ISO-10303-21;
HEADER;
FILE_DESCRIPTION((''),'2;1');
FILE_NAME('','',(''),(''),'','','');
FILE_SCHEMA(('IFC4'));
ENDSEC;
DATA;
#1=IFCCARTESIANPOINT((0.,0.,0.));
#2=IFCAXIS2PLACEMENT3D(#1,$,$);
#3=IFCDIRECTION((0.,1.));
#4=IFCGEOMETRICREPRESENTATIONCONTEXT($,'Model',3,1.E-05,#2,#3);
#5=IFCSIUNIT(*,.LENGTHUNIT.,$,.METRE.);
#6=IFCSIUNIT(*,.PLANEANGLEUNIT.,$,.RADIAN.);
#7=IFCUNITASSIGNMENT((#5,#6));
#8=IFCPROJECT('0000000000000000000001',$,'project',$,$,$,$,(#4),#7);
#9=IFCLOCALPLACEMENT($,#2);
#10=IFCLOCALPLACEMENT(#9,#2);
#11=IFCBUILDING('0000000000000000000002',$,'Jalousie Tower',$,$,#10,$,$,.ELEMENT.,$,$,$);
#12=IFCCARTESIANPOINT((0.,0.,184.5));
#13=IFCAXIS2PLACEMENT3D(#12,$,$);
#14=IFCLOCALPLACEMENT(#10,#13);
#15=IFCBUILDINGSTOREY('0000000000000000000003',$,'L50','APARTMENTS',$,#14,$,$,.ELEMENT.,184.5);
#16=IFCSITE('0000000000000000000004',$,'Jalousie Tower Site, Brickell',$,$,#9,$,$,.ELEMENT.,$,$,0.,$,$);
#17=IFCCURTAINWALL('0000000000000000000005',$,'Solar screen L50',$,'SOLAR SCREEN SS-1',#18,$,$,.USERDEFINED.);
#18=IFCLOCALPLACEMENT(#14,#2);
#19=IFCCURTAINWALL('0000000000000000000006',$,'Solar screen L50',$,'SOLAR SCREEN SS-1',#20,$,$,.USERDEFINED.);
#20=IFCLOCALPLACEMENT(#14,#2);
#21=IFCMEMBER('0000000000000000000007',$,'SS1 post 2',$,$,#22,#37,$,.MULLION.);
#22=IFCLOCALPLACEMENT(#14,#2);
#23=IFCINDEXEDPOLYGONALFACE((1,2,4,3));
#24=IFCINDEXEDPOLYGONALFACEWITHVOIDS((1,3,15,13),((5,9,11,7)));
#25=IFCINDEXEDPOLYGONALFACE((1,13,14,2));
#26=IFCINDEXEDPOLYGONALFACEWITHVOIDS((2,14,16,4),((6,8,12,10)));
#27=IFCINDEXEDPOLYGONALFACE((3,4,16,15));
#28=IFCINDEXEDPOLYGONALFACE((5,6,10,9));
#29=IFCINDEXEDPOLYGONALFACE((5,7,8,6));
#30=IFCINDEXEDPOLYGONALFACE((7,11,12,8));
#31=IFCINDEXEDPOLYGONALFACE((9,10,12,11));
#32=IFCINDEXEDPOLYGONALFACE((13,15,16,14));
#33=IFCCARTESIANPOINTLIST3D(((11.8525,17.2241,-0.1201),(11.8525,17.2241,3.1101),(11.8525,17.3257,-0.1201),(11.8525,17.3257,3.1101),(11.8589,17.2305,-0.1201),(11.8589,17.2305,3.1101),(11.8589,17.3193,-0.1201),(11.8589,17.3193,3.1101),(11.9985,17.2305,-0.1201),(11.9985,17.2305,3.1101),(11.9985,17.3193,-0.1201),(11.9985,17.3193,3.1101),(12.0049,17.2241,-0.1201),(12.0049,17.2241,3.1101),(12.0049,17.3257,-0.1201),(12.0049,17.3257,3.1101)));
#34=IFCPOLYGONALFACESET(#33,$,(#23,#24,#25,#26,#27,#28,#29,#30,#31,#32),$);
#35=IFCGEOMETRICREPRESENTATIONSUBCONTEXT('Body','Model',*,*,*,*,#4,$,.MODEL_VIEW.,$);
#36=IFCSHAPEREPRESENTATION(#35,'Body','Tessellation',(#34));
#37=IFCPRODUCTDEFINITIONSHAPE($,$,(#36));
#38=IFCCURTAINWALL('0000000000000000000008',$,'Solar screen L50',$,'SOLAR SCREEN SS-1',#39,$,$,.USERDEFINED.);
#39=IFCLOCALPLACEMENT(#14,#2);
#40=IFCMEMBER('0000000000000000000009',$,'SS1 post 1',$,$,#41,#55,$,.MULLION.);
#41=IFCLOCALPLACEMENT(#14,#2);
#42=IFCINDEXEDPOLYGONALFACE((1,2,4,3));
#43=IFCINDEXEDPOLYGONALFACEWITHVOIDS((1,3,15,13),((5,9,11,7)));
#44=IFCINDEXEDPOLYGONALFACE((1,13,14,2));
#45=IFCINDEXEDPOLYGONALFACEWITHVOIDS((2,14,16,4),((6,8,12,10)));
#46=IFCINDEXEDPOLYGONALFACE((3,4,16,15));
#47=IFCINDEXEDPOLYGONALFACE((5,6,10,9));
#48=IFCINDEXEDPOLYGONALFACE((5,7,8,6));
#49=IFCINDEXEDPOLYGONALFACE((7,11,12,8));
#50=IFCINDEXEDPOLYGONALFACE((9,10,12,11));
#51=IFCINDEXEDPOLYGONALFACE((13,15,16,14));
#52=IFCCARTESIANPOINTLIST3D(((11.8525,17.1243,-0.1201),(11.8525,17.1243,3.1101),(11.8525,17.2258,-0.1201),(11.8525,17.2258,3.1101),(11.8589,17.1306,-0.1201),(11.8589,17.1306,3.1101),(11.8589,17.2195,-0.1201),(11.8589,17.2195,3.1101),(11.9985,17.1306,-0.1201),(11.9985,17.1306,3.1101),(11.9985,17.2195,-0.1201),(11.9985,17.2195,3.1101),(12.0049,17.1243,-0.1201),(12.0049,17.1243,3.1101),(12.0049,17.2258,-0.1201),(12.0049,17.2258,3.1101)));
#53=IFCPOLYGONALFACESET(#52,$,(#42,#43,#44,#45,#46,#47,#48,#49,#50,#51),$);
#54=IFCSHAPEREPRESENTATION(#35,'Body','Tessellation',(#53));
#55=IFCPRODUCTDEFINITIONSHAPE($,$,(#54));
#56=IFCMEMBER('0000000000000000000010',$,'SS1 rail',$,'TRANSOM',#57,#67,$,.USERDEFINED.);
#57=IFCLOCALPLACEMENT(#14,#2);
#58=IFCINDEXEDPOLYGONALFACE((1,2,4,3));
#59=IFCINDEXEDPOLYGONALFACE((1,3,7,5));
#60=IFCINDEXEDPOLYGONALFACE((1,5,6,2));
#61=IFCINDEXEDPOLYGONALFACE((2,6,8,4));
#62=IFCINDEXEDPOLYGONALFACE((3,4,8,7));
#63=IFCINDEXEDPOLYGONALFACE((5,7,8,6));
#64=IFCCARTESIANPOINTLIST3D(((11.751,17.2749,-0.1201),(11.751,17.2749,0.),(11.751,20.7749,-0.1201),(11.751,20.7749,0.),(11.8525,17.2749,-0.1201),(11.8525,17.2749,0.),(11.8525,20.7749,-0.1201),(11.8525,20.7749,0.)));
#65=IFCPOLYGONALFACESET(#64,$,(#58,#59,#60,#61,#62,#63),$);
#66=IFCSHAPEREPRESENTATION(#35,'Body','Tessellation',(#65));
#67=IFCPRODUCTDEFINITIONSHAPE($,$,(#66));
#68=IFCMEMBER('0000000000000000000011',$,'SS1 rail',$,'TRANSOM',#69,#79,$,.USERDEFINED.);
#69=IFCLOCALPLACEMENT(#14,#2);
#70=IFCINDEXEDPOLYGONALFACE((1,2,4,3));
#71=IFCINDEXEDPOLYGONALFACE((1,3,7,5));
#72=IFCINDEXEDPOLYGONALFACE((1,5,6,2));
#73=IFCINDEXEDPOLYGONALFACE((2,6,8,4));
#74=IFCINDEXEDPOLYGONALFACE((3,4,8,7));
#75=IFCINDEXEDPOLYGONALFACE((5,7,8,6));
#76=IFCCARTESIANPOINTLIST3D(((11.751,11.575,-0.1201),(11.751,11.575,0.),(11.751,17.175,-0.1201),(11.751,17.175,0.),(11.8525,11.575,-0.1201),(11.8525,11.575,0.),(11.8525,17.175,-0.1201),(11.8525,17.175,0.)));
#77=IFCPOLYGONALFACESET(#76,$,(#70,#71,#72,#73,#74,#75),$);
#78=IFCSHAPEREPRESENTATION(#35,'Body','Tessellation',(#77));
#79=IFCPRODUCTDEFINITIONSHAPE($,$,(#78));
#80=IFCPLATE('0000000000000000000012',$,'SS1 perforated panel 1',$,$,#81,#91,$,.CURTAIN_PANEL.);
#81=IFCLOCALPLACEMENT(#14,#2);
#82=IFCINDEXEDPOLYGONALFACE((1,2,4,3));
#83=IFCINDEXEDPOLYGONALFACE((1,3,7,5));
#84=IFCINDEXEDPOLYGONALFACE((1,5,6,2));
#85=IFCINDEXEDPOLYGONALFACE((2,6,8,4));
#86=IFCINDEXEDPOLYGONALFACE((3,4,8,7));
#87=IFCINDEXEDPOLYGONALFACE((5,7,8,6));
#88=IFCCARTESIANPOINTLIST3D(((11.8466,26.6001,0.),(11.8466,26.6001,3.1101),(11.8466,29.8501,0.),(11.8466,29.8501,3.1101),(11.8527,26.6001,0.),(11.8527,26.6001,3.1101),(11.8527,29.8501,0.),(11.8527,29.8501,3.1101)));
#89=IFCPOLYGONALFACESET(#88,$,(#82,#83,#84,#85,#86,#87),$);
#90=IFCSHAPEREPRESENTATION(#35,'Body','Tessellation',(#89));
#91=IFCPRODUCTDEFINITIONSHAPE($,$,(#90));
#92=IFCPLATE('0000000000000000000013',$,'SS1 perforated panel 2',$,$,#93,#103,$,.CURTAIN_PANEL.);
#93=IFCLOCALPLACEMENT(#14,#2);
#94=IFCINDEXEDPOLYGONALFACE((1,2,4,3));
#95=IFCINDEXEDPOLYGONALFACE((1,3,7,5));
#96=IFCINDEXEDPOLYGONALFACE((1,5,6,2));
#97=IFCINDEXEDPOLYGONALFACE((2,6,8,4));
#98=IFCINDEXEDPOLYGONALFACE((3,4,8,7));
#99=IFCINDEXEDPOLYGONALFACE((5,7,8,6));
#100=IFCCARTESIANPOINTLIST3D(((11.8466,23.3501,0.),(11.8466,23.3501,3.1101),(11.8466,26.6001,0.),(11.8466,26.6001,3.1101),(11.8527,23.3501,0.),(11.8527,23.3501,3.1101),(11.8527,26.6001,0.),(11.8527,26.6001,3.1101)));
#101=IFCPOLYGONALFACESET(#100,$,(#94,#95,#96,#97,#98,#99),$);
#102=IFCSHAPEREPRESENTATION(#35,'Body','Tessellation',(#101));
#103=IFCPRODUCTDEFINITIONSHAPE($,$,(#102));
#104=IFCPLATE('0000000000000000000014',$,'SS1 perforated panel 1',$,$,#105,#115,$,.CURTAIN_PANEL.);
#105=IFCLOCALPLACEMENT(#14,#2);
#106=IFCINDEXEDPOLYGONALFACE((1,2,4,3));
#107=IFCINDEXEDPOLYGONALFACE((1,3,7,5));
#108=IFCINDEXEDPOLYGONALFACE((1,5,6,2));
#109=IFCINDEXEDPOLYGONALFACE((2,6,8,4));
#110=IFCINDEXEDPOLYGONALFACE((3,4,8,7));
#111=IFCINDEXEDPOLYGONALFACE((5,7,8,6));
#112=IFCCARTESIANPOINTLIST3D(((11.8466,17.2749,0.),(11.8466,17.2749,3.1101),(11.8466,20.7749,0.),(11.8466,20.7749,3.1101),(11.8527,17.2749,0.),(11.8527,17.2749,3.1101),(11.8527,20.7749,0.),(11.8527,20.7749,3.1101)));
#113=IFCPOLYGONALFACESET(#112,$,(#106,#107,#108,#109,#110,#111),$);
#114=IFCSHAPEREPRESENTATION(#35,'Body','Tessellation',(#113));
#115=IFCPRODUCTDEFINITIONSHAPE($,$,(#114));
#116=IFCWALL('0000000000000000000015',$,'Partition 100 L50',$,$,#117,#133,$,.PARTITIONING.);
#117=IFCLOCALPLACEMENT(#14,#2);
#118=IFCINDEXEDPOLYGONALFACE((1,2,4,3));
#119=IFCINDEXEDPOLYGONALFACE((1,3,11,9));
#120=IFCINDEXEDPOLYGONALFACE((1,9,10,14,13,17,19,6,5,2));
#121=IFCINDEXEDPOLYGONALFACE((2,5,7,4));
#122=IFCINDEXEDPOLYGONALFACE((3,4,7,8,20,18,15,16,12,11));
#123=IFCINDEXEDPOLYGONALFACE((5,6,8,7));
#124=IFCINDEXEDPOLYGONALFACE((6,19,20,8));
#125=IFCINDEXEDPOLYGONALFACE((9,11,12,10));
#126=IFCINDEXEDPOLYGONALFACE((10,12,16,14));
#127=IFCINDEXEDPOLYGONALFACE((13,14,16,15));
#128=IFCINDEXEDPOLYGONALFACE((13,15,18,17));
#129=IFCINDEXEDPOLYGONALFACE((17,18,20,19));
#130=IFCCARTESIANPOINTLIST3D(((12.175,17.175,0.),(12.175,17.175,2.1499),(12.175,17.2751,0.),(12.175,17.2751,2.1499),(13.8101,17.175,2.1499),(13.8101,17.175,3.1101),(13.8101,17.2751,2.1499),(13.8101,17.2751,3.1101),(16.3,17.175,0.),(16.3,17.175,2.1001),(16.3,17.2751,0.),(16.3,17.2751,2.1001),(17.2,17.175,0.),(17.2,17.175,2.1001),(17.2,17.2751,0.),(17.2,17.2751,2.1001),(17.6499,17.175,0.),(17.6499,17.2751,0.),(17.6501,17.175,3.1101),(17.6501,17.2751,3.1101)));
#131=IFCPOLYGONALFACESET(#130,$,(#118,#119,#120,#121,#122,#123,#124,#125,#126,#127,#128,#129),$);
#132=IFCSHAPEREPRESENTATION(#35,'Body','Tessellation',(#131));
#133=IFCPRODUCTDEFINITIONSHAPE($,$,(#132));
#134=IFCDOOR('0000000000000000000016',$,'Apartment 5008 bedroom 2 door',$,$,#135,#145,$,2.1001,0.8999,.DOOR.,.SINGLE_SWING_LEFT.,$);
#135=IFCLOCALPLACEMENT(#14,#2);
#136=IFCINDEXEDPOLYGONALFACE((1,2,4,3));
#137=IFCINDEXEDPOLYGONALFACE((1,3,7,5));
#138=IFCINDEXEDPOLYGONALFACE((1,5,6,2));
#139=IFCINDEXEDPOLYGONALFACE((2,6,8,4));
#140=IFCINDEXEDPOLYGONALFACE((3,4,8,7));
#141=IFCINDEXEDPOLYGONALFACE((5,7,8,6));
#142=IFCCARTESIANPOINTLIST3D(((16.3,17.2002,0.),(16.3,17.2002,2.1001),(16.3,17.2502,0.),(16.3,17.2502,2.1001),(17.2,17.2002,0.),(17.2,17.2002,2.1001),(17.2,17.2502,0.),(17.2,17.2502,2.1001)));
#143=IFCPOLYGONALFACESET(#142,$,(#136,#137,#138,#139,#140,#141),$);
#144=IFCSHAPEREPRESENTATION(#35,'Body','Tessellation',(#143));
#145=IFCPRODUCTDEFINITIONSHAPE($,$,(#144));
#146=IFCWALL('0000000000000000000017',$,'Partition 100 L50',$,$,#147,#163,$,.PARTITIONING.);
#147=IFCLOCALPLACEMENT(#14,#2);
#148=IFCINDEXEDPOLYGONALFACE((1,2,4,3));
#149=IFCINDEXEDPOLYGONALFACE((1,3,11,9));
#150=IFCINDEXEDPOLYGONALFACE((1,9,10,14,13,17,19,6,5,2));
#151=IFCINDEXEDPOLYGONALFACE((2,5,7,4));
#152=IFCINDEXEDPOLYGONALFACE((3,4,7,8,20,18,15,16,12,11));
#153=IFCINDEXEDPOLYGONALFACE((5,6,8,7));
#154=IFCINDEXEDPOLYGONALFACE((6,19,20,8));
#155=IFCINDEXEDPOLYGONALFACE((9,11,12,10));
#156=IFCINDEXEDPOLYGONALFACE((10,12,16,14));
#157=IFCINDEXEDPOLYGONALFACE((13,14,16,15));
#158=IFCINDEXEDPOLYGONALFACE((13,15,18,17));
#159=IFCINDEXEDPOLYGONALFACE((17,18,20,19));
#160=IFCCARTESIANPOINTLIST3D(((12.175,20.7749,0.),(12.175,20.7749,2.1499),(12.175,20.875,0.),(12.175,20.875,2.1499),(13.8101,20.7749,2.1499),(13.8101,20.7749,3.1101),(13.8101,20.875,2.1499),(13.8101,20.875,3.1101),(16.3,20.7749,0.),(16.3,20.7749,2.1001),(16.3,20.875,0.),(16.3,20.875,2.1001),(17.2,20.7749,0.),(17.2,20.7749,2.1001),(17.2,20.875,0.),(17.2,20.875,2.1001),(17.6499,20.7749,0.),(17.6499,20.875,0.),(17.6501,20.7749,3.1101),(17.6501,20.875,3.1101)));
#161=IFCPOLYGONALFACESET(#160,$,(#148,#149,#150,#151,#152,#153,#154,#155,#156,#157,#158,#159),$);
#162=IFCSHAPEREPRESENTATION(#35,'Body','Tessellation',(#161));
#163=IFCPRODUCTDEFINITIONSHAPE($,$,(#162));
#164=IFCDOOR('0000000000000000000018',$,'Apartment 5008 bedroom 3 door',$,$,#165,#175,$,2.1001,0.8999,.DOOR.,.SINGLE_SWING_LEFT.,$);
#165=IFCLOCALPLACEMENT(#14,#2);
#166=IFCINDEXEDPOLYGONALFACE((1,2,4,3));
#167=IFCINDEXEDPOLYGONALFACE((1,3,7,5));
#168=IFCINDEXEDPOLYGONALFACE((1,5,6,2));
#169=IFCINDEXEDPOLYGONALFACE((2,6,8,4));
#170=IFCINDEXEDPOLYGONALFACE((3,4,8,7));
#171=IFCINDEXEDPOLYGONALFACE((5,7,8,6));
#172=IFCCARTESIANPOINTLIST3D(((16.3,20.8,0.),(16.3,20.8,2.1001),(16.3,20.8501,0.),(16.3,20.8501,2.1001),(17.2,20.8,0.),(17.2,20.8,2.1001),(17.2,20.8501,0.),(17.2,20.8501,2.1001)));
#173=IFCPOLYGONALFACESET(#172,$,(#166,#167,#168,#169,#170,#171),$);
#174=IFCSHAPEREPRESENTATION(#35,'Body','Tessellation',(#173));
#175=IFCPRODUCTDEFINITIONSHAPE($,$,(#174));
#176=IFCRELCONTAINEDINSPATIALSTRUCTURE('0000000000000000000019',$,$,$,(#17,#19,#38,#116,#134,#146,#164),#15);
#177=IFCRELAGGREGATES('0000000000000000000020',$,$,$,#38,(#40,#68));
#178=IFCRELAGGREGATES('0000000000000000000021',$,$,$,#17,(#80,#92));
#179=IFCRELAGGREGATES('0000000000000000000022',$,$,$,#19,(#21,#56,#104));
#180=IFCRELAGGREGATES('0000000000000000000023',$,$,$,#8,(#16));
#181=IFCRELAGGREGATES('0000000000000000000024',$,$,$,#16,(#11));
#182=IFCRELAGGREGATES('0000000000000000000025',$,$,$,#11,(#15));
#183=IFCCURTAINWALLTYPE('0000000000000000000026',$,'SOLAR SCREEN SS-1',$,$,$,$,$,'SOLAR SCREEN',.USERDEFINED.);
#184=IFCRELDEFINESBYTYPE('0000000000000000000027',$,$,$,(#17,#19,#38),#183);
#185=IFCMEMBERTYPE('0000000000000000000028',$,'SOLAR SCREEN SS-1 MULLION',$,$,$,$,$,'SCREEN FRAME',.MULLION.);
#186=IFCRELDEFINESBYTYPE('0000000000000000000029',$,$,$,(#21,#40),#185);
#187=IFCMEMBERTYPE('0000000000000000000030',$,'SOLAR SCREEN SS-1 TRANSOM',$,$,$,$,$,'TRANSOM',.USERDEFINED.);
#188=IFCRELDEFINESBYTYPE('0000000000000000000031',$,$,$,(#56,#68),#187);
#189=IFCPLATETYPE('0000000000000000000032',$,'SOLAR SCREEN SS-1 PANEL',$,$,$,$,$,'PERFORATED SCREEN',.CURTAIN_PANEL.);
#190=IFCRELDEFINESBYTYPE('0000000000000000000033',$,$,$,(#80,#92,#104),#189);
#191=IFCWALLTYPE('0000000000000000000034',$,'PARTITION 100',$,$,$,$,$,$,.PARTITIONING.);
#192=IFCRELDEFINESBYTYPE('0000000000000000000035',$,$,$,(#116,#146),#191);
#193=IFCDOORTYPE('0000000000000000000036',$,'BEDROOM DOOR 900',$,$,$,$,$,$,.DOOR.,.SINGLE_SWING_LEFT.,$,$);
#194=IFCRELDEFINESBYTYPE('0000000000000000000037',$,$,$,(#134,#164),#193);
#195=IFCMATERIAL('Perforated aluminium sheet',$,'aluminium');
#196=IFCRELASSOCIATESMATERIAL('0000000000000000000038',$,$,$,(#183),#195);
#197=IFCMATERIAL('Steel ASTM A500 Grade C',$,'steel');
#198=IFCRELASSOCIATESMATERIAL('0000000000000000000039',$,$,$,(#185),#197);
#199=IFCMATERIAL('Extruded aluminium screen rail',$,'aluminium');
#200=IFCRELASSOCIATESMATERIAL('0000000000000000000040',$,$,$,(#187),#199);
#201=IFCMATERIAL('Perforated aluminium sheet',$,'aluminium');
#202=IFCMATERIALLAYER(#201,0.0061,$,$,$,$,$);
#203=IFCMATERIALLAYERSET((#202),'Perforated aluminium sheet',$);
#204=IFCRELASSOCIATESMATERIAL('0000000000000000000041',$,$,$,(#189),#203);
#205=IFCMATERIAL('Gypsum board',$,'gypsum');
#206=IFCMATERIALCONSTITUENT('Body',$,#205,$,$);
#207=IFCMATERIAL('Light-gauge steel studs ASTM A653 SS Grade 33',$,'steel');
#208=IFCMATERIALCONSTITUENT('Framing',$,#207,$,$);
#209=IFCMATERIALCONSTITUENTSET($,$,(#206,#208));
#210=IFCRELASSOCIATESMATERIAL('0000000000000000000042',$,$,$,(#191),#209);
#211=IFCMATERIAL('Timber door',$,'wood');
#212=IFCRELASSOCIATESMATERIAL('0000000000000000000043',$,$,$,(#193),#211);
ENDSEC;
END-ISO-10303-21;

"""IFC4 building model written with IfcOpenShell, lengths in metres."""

from ifc_helpers import new_model, si_unit, direction, frame, frame_2d, origin, origin_2d, place, context, subcontext, project, spatial, polyline, rectangle, hollow_rectangle, outline, extrude, material, layer, layer_set, constituent, constituent_set, material_profile, profile_set, type_object, element, fill, aggregate, save


model = new_model("IFC4")

# Units and contexts
model_context = context("Model", 3, precision=1e-05, world=origin(), true_north=direction((0.0, 1.0)))
body_context = subcontext(model_context, "Body", "Model", "MODEL_VIEW")
ifc_project = project(units=[si_unit("LENGTHUNIT", "METRE"), si_unit("PLANEANGLEUNIT", "RADIAN")], contexts=[model_context])

# Site, building, storey
site_placement = place(None, origin())
site = spatial("IfcSite", under=ifc_project, at=site_placement, Name="Jalousie Tower Site, Brickell", CompositionType="ELEMENT", RefElevation=0.0)
building_placement = place(site_placement, origin())
building = spatial("IfcBuilding", under=site, at=building_placement, Name="Jalousie Tower", CompositionType="ELEMENT")
storey_placement = place(building_placement, frame((0.0, 0.0, 184.5)))
storey = spatial("IfcBuildingStorey", under=building, at=storey_placement, Name="L50", Description="APARTMENTS", CompositionType="ELEMENT", Elevation=184.5)

# Curtain walls, member
ifc_material_1 = material(Name="Perforated aluminium sheet", Category="aluminium")
curtain_wall_type = type_object("IfcCurtainWallType", Name="SOLAR SCREEN SS-1", ElementType="SOLAR SCREEN", PredefinedType="USERDEFINED", material=ifc_material_1)
curtain_wall_1_placement = place(storey_placement, origin())
curtain_wall_1 = element("IfcCurtainWall", 1, at=curtain_wall_1_placement, inside=storey, type_object=curtain_wall_type, Name="Solar screen L50", ObjectType="SOLAR SCREEN SS-1", PredefinedType="USERDEFINED")
ifc_material_2 = material(Name="Steel ASTM A500 Grade C", Category="steel")
ifc_material_profile_1 = material_profile(ifc_material_2, hollow_rectangle(XDim=0.1016, YDim=0.1523, WallThickness=0.0063, at=origin_2d()), Name="HSS6X4X1/4")
ifc_profile_set_1 = profile_set([ifc_material_profile_1], Name="Steel ASTM A500 Grade C")
member_type_1 = type_object("IfcMemberType", Name="SOLAR SCREEN SS-1 MULLION", ElementType="SCREEN FRAME", PredefinedType="MULLION", material=ifc_profile_set_1)
curtain_wall_2_placement = place(storey_placement, origin())
curtain_wall_2 = element("IfcCurtainWall", 2, at=curtain_wall_2_placement, inside=storey, type_object=curtain_wall_type, Name="Solar screen L50", ObjectType="SOLAR SCREEN SS-1", PredefinedType="USERDEFINED")
member_1_placement = place(storey_placement, frame((11.9287, 17.2749, -0.1201), z_axis=(0.0, 0.0, 1.0), x_axis=(0.0, -1.0, 0.0)))
member_1 = element("IfcMember", 3, at=member_1_placement, type_object=member_type_1, Name="SS1 post 2", PredefinedType="MULLION", context=body_context, shape_type="SweptSolid", body=[
    extrude(hollow_rectangle(XDim=0.1016, YDim=0.1523, WallThickness=0.0063, at=origin_2d()), origin(), (0.0, 0.0, 1.0), 3.2302),
])

# Curtain wall, member
curtain_wall_3_placement = place(storey_placement, origin())
curtain_wall_3 = element("IfcCurtainWall", 4, at=curtain_wall_3_placement, inside=storey, type_object=curtain_wall_type, Name="Solar screen L50", ObjectType="SOLAR SCREEN SS-1", PredefinedType="USERDEFINED")
member_2_placement = place(storey_placement, frame((11.9287, 17.175, -0.1201), z_axis=(0.0, 0.0, 1.0), x_axis=(0.0, -1.0, 0.0)))
member_2 = element("IfcMember", 5, at=member_2_placement, type_object=member_type_1, Name="SS1 post 1", PredefinedType="MULLION", context=body_context, shape_type="SweptSolid", body=[
    extrude(hollow_rectangle(XDim=0.1016, YDim=0.1523, WallThickness=0.0063, at=origin_2d()), origin(), (0.0, 0.0, 1.0), 3.2302),
])

# Members
ifc_material_3 = material(Name="Extruded aluminium screen rail", Category="aluminium")
ifc_material_profile_2 = material_profile(ifc_material_3, rectangle(XDim=0.1016, YDim=0.1201, at=origin_2d()), Name="RAIL 102x120")
ifc_profile_set_2 = profile_set([ifc_material_profile_2], Name="Extruded aluminium screen rail")
member_type_2 = type_object("IfcMemberType", Name="SOLAR SCREEN SS-1 TRANSOM", ElementType="TRANSOM", PredefinedType="USERDEFINED", material=ifc_profile_set_2)
member_3_placement = place(storey_placement, frame((11.8018, 20.7749, -0.0601), z_axis=(0.0, -1.0, 0.0), x_axis=(1.0, 0.0, 0.0)))
member_3 = element("IfcMember", 6, at=member_3_placement, type_object=member_type_2, Name="SS1 rail", ObjectType="TRANSOM", PredefinedType="USERDEFINED", context=body_context, shape_type="SweptSolid", body=[
    extrude(rectangle(XDim=0.1016, YDim=0.1201, at=origin_2d()), origin(), (0.0, 0.0, 1.0), 3.5),
])
member_4_placement = place(storey_placement, frame((11.8018, 17.175, -0.0601), z_axis=(0.0, -1.0, 0.0), x_axis=(1.0, 0.0, 0.0)))
member_4 = element("IfcMember", 7, at=member_4_placement, type_object=member_type_2, Name="SS1 rail", ObjectType="TRANSOM", PredefinedType="USERDEFINED", context=body_context, shape_type="SweptSolid", body=[
    extrude(rectangle(XDim=0.1016, YDim=0.1201, at=origin_2d()), origin(), (0.0, 0.0, 1.0), 5.6001),
])
aggregate(curtain_wall_3, [member_2, member_4])

# Plates
ifc_material_4 = material(Name="Perforated aluminium sheet", Category="aluminium")
ifc_layer = layer(ifc_material_4, 0.0061)
ifc_layer_set = layer_set([ifc_layer], Name="Perforated aluminium sheet")
plate_type = type_object("IfcPlateType", Name="SOLAR SCREEN SS-1 PANEL", ElementType="PERFORATED SCREEN", PredefinedType="CURTAIN_PANEL", material=ifc_layer_set)
plate_1_placement = place(storey_placement, frame((11.8496, 28.2251, 0.0), z_axis=(0.0, 0.0, 1.0), x_axis=(0.0, -1.0, 0.0)))
plate_1 = element("IfcPlate", 8, at=plate_1_placement, type_object=plate_type, Name="SS1 perforated panel 1", PredefinedType="CURTAIN_PANEL", context=body_context, shape_type="SweptSolid", body=[
    extrude(rectangle(XDim=3.25, YDim=0.0061, at=origin_2d()), origin(), (0.0, 0.0, 1.0), 3.1101),
])
plate_2_placement = place(storey_placement, frame((11.8496, 24.9751, 0.0), z_axis=(0.0, 0.0, 1.0), x_axis=(0.0, -1.0, 0.0)))
plate_2 = element("IfcPlate", 9, at=plate_2_placement, type_object=plate_type, Name="SS1 perforated panel 2", PredefinedType="CURTAIN_PANEL", context=body_context, shape_type="SweptSolid", body=[
    extrude(rectangle(XDim=3.25, YDim=0.0061, at=origin_2d()), origin(), (0.0, 0.0, 1.0), 3.1101),
])
aggregate(curtain_wall_1, [plate_1, plate_2])
plate_3_placement = place(storey_placement, frame((11.8496, 19.0249, 0.0), z_axis=(0.0, 0.0, 1.0), x_axis=(0.0, -1.0, 0.0)))
plate_3 = element("IfcPlate", 10, at=plate_3_placement, type_object=plate_type, Name="SS1 perforated panel 1", PredefinedType="CURTAIN_PANEL", context=body_context, shape_type="SweptSolid", body=[
    extrude(rectangle(XDim=3.5, YDim=0.0061, at=origin_2d()), origin(), (0.0, 0.0, 1.0), 3.1101),
])
aggregate(curtain_wall_2, [member_1, member_3, plate_3])

# Walls, openings, doors
ifc_material_5 = material(Name="Gypsum board", Category="gypsum")
ifc_constituent_1 = constituent(ifc_material_5, Name="Body")
ifc_material_6 = material(Name="Light-gauge steel studs ASTM A653 SS Grade 33", Category="steel")
ifc_constituent_2 = constituent(ifc_material_6, Name="Framing")
ifc_constituent_set = constituent_set(constituents=[ifc_constituent_1, ifc_constituent_2])
wall_type = type_object("IfcWallType", Name="PARTITION 100", PredefinedType="PARTITIONING", material=ifc_constituent_set)
wall_1_placement = place(storey_placement, frame((12.175, 17.2251, 0.0), z_axis=(0.0, 0.0, 1.0), x_axis=(1.0, 0.0, 0.0)))
wall_1 = element("IfcWall", 11, at=wall_1_placement, inside=storey, type_object=wall_type, Name="Partition 100 L50", PredefinedType="PARTITIONING", context=body_context, shape_type="SweptSolid", body=[
    extrude(outline(polyline([(0.0, 0.0), (5.4749, 0.0), (5.4751, 3.1101), (1.635, 3.1101), (1.635, 2.1499), (0.0, 2.1499), (0.0, 3.1101), (0.0, 0.0)])), frame((0.0, 0.05, 0.0), z_axis=(0.0, -1.0, 0.0), x_axis=(1.0, 0.0, 0.0)), (0.0, 0.0, 1.0), 0.1001),
])
opening_1_placement = place(wall_1_placement, frame((4.125, 0.0, 0.0)))
opening_1 = element("IfcOpeningElement", 12, at=opening_1_placement, cuts=wall_1, PredefinedType="OPENING", context=body_context, shape_type="SweptSolid", body=[
    extrude(rectangle(XDim=0.8999, YDim=2.1001, at=frame_2d((0.45, 1.05))), frame((0.0, 0.0601, 0.0), z_axis=(0.0, -1.0, 0.0), x_axis=(1.0, 0.0, 0.0)), (0.0, 0.0, 1.0), 0.1201),
])
ifc_material_7 = material(Name="Timber door", Category="wood")
door_type_1 = type_object("IfcDoorType", Name="BEDROOM DOOR 900", OperationType="SINGLE_SWING_LEFT", PredefinedType="DOOR", material=ifc_material_7)
door_1_placement = place(opening_1_placement, frame((0.8999, 0.0, 0.0), z_axis=(0.0, 0.0, 1.0), x_axis=(-1.0, 0.0, 0.0)))
door_1 = element("IfcDoor", 13, at=door_1_placement, inside=storey, type_object=door_type_1, Name="Apartment 5008 bedroom 2 door", OperationType="SINGLE_SWING_LEFT", OverallHeight=2.1001, OverallWidth=0.8999, PredefinedType="DOOR", context=body_context, shape_type="SweptSolid", body=[
    extrude(rectangle(XDim=0.8999, YDim=2.1001, at=frame_2d((0.45, 1.05))), frame((0.0, 0.0249, 0.0), z_axis=(0.0, -1.0, 0.0), x_axis=(1.0, 0.0, 0.0)), (0.0, 0.0, 1.0), 0.05),
])
fill(opening_1, door_1)
wall_2_placement = place(storey_placement, frame((12.175, 20.825, 0.0), z_axis=(0.0, 0.0, 1.0), x_axis=(1.0, 0.0, 0.0)))
wall_2 = element("IfcWall", 14, at=wall_2_placement, inside=storey, type_object=wall_type, Name="Partition 100 L50", PredefinedType="PARTITIONING", context=body_context, shape_type="SweptSolid", body=[
    extrude(outline(polyline([(0.0, 0.0), (5.4749, 0.0), (5.4751, 3.1101), (1.635, 3.1101), (1.635, 2.1499), (0.0, 2.1499), (0.0, 3.1101), (0.0, 0.0)])), frame((0.0, 0.05, 0.0), z_axis=(0.0, -1.0, 0.0), x_axis=(1.0, 0.0, 0.0)), (0.0, 0.0, 1.0), 0.1001),
])
opening_2_placement = place(wall_2_placement, frame((4.125, 0.0, 0.0)))
opening_2 = element("IfcOpeningElement", 15, at=opening_2_placement, cuts=wall_2, PredefinedType="OPENING", context=body_context, shape_type="SweptSolid", body=[
    extrude(rectangle(XDim=0.8999, YDim=2.1001, at=frame_2d((0.45, 1.05))), frame((0.0, 0.0601, 0.0), z_axis=(0.0, -1.0, 0.0), x_axis=(1.0, 0.0, 0.0)), (0.0, 0.0, 1.0), 0.1201),
])
door_2_placement = place(opening_2_placement, frame((0.8999, 0.0, 0.0), z_axis=(0.0, 0.0, 1.0), x_axis=(-1.0, 0.0, 0.0)))
door_2 = element("IfcDoor", 16, at=door_2_placement, inside=storey, type_object=door_type_1, Name="Apartment 5008 bedroom 3 door", OperationType="SINGLE_SWING_LEFT", OverallHeight=2.1001, OverallWidth=0.8999, PredefinedType="DOOR", context=body_context, shape_type="SweptSolid", body=[
    extrude(rectangle(XDim=0.8999, YDim=2.1001, at=frame_2d((0.45, 1.05))), frame((0.0, 0.0249, 0.0), z_axis=(0.0, -1.0, 0.0), x_axis=(1.0, 0.0, 0.0)), (0.0, 0.0, 1.0), 0.05),
])
fill(opening_2, door_2)

save(model, "model.ifc")
